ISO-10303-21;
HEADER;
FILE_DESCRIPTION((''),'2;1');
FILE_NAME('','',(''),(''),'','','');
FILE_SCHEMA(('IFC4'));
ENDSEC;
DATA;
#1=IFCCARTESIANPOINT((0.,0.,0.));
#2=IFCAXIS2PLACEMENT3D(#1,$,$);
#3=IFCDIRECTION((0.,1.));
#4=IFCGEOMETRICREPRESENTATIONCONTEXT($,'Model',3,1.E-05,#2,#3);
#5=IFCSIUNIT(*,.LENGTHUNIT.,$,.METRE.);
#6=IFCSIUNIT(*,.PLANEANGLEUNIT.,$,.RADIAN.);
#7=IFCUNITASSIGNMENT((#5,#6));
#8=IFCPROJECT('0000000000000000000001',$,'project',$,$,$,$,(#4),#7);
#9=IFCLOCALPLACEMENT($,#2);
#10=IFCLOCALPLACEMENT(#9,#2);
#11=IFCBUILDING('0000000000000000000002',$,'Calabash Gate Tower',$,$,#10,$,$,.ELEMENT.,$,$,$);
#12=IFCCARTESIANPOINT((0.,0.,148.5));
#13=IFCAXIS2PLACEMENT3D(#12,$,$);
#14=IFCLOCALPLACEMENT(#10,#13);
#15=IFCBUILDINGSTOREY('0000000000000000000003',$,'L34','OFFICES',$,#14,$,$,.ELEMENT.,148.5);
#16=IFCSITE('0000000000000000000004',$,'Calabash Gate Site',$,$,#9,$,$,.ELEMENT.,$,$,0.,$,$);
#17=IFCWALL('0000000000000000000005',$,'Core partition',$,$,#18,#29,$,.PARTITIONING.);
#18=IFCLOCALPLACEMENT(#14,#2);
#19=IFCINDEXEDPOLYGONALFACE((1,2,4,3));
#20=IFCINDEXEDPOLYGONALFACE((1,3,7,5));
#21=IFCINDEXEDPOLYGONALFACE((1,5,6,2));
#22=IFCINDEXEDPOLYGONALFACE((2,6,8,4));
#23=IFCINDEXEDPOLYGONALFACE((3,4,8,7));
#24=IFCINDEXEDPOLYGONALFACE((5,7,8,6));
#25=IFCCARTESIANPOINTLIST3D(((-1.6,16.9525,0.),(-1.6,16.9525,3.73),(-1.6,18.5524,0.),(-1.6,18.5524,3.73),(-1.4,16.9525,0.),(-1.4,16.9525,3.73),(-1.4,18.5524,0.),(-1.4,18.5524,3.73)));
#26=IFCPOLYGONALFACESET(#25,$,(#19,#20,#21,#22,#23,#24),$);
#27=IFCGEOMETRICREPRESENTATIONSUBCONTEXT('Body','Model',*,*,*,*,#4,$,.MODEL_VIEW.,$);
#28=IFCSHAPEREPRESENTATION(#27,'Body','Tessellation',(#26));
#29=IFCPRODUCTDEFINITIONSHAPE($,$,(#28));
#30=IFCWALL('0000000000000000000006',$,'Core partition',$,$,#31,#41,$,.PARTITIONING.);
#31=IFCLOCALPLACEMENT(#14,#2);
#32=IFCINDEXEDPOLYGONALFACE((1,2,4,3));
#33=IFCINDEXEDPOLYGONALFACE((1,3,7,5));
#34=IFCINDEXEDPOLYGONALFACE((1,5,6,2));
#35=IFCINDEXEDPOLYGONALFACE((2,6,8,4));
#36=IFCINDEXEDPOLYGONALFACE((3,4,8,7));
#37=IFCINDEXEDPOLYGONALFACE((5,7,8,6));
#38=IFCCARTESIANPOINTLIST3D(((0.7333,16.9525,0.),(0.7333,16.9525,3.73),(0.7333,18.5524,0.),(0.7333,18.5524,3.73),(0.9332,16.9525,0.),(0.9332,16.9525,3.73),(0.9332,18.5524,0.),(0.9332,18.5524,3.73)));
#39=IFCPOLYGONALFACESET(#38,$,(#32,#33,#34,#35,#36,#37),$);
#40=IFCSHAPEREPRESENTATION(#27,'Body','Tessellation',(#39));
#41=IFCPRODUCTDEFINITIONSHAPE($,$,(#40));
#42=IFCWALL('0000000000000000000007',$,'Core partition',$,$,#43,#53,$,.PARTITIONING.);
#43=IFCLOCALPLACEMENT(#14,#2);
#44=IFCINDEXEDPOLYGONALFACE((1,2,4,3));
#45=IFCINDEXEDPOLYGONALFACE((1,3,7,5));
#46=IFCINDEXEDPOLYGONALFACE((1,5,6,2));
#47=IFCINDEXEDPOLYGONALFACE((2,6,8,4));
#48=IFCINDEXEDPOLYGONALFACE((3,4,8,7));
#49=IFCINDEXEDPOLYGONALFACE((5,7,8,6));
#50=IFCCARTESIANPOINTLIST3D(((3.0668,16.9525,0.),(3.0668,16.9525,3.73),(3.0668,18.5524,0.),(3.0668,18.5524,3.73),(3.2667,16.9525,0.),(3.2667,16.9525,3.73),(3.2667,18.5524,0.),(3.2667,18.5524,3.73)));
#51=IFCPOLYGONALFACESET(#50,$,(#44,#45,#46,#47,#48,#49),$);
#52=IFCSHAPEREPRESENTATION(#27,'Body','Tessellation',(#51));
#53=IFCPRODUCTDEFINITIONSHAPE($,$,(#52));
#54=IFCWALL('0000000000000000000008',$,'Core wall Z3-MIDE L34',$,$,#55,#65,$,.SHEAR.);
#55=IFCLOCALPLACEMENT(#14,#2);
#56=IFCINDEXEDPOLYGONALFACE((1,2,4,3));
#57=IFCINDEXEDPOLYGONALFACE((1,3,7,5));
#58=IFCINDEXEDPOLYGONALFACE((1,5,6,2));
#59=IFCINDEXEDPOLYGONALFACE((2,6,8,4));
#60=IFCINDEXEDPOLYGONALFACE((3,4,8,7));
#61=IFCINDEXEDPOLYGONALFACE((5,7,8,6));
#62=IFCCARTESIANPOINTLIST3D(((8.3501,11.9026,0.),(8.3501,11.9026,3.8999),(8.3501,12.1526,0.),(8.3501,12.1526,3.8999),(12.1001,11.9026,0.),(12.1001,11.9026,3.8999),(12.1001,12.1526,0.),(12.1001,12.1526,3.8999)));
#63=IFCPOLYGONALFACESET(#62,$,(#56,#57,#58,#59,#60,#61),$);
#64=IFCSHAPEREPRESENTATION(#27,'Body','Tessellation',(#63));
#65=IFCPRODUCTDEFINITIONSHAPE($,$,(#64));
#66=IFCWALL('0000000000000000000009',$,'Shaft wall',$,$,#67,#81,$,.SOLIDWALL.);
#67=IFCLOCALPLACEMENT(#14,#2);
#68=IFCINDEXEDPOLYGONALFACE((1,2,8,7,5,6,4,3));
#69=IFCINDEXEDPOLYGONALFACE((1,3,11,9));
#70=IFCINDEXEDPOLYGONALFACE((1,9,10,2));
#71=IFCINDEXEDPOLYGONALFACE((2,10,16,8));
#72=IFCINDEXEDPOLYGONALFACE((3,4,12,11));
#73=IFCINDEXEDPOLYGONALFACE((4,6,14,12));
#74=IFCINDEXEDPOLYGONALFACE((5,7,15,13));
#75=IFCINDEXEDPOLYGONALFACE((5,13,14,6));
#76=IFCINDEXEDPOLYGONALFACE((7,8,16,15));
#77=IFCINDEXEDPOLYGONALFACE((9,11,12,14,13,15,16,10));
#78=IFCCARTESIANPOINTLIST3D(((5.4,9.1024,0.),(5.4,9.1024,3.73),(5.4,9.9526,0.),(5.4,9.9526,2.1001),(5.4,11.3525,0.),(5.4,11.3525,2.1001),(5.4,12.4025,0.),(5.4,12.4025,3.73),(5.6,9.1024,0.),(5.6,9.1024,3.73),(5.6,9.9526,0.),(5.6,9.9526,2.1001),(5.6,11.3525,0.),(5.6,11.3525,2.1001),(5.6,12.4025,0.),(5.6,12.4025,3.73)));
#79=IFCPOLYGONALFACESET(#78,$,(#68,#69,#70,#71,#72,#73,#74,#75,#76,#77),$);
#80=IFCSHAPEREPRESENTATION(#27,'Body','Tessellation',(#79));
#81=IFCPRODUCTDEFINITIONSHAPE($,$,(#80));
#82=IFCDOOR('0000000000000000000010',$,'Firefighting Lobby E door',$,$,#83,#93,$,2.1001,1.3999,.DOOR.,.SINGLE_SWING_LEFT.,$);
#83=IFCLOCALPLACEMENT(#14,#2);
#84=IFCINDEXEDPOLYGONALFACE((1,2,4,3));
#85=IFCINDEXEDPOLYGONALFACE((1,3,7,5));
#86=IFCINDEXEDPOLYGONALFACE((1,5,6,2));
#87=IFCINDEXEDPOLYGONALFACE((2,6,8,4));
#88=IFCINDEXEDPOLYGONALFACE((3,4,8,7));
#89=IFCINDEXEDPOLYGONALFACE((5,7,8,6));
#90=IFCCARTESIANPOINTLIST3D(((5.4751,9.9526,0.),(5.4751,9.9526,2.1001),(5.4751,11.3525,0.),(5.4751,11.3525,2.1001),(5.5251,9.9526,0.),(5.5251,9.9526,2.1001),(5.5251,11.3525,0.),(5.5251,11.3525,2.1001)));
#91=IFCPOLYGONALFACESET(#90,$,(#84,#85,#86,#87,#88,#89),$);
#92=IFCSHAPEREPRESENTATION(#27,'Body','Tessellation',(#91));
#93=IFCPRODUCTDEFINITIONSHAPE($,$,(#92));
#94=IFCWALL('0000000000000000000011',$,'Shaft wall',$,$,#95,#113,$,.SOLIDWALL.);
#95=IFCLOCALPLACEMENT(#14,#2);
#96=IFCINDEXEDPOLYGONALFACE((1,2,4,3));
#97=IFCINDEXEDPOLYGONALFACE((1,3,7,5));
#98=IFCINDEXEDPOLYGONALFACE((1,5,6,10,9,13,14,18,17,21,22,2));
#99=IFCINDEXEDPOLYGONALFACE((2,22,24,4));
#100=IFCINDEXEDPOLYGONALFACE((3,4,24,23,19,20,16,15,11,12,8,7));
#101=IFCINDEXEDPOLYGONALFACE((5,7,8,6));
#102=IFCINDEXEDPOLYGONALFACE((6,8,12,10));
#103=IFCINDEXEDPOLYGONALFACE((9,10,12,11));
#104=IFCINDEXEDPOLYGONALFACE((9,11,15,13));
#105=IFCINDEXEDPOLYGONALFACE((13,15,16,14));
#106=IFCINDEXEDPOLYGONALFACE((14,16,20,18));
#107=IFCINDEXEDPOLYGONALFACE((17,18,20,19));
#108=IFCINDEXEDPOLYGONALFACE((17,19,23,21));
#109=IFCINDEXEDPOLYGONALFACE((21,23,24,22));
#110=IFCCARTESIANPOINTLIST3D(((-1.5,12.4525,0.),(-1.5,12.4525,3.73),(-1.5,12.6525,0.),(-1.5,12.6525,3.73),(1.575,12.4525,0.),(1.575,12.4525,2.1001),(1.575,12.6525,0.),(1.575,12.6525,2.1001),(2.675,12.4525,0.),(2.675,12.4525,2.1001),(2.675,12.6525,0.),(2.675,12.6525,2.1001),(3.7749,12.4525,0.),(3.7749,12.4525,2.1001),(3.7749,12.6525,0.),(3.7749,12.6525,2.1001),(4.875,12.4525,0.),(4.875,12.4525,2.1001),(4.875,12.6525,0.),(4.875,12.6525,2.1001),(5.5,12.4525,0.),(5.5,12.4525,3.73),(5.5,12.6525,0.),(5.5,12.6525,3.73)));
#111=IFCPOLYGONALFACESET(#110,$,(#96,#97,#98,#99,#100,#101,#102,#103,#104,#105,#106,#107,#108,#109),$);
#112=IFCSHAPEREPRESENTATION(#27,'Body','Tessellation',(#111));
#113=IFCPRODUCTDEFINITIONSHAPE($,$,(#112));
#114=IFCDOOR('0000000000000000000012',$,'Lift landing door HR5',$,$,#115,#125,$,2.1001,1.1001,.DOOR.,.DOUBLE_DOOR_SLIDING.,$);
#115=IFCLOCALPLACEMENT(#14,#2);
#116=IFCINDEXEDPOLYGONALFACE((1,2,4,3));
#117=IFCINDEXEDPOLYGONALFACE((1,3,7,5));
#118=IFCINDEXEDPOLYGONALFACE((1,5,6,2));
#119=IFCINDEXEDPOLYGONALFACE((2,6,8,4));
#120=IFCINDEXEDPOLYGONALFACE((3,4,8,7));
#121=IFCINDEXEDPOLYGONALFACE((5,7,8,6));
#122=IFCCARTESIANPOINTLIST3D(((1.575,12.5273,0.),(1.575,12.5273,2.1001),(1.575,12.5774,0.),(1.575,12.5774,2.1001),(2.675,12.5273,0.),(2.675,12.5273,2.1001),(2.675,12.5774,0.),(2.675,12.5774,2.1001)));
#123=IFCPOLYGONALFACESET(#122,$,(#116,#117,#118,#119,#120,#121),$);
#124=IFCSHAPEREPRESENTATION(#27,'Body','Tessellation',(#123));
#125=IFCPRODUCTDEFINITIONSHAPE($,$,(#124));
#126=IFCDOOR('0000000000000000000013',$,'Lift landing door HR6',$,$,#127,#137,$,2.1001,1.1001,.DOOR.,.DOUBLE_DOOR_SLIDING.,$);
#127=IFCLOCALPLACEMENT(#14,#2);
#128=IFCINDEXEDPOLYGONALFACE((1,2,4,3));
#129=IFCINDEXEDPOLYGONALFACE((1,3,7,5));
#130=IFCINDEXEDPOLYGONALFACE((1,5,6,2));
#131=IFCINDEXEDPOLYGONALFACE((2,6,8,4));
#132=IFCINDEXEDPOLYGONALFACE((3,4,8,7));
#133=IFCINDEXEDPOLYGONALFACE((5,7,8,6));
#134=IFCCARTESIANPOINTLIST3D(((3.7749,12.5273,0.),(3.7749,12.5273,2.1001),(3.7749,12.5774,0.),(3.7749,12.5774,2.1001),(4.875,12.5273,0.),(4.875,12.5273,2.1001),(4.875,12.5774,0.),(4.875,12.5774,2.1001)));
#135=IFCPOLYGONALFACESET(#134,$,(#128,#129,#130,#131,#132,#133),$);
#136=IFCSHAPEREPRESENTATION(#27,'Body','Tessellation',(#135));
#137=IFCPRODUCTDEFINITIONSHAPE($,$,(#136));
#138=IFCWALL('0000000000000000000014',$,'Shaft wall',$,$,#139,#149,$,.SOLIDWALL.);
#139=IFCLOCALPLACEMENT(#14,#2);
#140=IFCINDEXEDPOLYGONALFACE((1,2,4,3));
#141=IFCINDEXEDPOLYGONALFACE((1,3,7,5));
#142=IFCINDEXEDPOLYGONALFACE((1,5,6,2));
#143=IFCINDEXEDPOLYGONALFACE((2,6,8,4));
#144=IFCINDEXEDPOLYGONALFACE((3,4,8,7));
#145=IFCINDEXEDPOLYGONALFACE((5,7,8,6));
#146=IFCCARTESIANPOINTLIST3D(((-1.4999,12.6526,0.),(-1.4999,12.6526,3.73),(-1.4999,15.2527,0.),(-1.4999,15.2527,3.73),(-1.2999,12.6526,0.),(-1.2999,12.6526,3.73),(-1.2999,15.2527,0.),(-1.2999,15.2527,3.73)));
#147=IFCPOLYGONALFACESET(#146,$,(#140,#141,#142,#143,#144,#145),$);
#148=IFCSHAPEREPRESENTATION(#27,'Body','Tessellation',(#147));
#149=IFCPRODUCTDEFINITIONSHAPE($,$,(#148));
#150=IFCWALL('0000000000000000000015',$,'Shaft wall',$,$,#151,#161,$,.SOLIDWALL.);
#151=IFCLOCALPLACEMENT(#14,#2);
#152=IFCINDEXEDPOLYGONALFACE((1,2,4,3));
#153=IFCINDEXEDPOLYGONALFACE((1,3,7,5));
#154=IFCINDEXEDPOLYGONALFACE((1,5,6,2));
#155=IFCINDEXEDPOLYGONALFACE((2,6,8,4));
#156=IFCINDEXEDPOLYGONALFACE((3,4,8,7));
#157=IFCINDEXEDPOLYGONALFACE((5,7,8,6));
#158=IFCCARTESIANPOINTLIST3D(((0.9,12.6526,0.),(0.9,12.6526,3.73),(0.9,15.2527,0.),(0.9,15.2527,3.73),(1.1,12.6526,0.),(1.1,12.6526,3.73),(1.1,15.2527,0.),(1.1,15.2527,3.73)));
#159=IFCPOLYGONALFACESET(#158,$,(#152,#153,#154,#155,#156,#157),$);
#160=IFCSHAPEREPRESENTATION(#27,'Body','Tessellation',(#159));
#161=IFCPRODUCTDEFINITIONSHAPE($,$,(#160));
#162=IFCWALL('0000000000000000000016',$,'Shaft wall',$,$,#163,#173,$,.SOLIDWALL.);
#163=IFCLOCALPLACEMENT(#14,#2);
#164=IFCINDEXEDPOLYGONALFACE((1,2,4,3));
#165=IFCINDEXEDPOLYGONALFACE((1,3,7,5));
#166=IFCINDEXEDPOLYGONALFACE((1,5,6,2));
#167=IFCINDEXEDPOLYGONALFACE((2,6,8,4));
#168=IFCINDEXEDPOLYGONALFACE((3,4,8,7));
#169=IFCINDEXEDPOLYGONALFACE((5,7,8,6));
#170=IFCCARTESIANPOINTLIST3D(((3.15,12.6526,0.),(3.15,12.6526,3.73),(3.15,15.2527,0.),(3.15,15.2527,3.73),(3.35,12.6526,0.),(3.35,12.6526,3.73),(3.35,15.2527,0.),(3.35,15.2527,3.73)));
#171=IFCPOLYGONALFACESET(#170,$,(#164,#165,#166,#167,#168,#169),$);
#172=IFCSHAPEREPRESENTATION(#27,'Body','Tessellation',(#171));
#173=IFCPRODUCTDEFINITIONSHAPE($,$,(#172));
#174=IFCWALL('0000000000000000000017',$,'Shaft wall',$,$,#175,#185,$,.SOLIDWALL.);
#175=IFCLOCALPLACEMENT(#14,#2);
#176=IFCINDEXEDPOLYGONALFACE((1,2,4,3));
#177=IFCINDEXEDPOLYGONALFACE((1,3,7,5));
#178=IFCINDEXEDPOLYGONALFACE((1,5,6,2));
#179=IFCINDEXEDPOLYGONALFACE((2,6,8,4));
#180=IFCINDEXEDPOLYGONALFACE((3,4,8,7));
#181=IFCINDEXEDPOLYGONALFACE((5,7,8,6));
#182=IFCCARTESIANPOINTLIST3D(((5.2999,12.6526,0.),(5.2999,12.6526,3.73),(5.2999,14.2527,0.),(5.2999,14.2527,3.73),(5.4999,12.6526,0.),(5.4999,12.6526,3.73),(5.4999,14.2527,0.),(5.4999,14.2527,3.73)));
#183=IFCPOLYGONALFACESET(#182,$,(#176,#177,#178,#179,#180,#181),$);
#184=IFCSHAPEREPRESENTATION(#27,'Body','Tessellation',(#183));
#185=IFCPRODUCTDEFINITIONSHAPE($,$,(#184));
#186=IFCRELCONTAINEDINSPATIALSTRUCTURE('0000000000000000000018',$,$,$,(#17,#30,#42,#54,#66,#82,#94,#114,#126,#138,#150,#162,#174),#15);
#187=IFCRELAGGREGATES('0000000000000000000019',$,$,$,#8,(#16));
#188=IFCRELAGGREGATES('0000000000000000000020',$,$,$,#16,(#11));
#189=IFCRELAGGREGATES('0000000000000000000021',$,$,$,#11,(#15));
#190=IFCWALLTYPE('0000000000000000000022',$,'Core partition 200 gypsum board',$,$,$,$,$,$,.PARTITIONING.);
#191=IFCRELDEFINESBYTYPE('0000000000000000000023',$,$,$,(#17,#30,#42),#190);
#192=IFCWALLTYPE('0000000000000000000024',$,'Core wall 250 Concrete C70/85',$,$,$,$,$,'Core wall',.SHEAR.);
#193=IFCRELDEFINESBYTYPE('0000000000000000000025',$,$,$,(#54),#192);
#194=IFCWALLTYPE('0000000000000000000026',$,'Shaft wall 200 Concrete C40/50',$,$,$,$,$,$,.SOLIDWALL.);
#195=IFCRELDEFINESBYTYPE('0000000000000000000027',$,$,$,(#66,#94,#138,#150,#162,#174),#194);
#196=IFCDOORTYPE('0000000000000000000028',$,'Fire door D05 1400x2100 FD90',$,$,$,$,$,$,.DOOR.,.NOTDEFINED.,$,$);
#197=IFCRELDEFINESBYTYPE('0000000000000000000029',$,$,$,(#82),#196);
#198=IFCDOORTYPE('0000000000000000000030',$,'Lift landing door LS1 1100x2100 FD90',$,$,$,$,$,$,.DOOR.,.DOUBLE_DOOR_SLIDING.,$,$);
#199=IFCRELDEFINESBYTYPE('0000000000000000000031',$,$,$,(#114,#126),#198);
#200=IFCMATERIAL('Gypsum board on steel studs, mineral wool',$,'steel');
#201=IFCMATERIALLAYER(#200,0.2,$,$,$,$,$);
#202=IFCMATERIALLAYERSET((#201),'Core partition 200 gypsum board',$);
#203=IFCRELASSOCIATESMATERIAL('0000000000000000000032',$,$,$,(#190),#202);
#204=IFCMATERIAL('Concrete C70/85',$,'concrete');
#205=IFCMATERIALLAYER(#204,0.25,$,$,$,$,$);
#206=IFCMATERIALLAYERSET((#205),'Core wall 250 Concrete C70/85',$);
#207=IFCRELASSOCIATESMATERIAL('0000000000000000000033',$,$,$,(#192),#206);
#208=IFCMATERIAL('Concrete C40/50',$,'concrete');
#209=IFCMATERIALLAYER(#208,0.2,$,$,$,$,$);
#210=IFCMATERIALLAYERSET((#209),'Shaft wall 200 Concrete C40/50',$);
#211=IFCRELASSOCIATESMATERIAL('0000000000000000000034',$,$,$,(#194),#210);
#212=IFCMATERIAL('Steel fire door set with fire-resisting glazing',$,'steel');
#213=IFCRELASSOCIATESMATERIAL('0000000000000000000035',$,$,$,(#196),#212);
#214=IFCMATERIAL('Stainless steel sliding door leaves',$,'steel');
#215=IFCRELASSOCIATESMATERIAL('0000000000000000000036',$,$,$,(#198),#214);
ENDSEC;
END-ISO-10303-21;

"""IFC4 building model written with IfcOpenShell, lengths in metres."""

from ifc_helpers import new_model, si_unit, direction, frame, frame_2d, origin, place, context, subcontext, project, spatial, rectangle, extrude, material, layer, layer_set, type_object, element, fill, save


model = new_model("IFC4")

# Units and contexts
model_context = context("Model", 3, precision=1e-05, world=origin(), true_north=direction((0.0, 1.0)))
body_context = subcontext(model_context, "Body", "Model", "MODEL_VIEW")
ifc_project = project(units=[si_unit("LENGTHUNIT", "METRE"), si_unit("PLANEANGLEUNIT", "RADIAN")], contexts=[model_context])

# Site, building, storey
site_placement = place(None, origin())
site = spatial("IfcSite", under=ifc_project, at=site_placement, Name="Calabash Gate Site", CompositionType="ELEMENT", RefElevation=0.0)
building_placement = place(site_placement, origin())
building = spatial("IfcBuilding", under=site, at=building_placement, Name="Calabash Gate Tower", CompositionType="ELEMENT")
storey_placement = place(building_placement, frame((0.0, 0.0, 148.5)))
storey = spatial("IfcBuildingStorey", under=building, at=storey_placement, Name="L34", Description="OFFICES", CompositionType="ELEMENT", Elevation=148.5)

# Walls
ifc_material_1 = material(Name="Gypsum board on steel studs, mineral wool", Category="steel")
ifc_layer_1 = layer(ifc_material_1, 0.2)
ifc_layer_set_1 = layer_set([ifc_layer_1], Name="Core partition 200 gypsum board")
wall_type_1 = type_object("IfcWallType", Name="Core partition 200 gypsum board", PredefinedType="PARTITIONING", material=ifc_layer_set_1)
for number, where, z_axis, x_axis, name in (
    (1, (-1.5, 16.9526, 0.0), (0.0, 0.0, 1.0), (0.0, 1.0, 0.0), "Core partition"),
    (2, (0.8333, 16.9526, 0.0), (0.0, 0.0, 1.0), (0.0, 1.0, 0.0), "Core partition"),
    (3, (3.1667, 16.9526, 0.0), (0.0, 0.0, 1.0), (0.0, 1.0, 0.0), "Core partition"),
):
    element("IfcWall", number, at=place(storey_placement, frame(where, z_axis=z_axis, x_axis=x_axis)), inside=storey, type_object=wall_type_1, Name=name, PredefinedType="PARTITIONING", context=body_context, shape_type="SweptSolid", body=[
        extrude(rectangle(XDim=1.5999, YDim=0.2, at=frame_2d((0.7998, 0.0))), origin(), (0.0, 0.0, 1.0), 3.73),
    ])
ifc_material_2 = material(Name="Concrete C70/85", Category="concrete")
ifc_layer_2 = layer(ifc_material_2, 0.25)
ifc_layer_set_2 = layer_set([ifc_layer_2], Name="Core wall 250 Concrete C70/85")
wall_type_2 = type_object("IfcWallType", Name="Core wall 250 Concrete C70/85", ElementType="Core wall", PredefinedType="SHEAR", material=ifc_layer_set_2)
wall_1_placement = place(storey_placement, frame((8.3501, 12.0276, 0.0), z_axis=(0.0, 0.0, 1.0), x_axis=(1.0, 0.0, 0.0)))
element("IfcWall", 4, at=wall_1_placement, inside=storey, type_object=wall_type_2, Name="Core wall Z3-MIDE L34", PredefinedType="SHEAR", context=body_context, shape_type="SweptSolid", body=[
    extrude(rectangle(XDim=3.75, YDim=0.25, at=frame_2d((1.875, 0.0))), origin(), (0.0, 0.0, 1.0), 3.8999),
])

# Wall, opening, door
ifc_material_3 = material(Name="Concrete C40/50", Category="concrete")
ifc_layer_3 = layer(ifc_material_3, 0.2)
ifc_layer_set_3 = layer_set([ifc_layer_3], Name="Shaft wall 200 Concrete C40/50")
wall_type_3 = type_object("IfcWallType", Name="Shaft wall 200 Concrete C40/50", PredefinedType="SOLIDWALL", material=ifc_layer_set_3)
wall_2_placement = place(storey_placement, frame((5.5, 9.1025, 0.0), z_axis=(0.0, 0.0, 1.0), x_axis=(0.0, 1.0, 0.0)))
wall_2 = element("IfcWall", 5, at=wall_2_placement, inside=storey, type_object=wall_type_3, Name="Shaft wall", PredefinedType="SOLIDWALL", context=body_context, shape_type="SweptSolid", body=[
    extrude(rectangle(XDim=3.3, YDim=0.2, at=frame_2d((1.6499, 0.0))), origin(), (0.0, 0.0, 1.0), 3.73),
])
opening_1_placement = place(wall_2_placement, frame((0.8501, 0.0, 0.0)))
opening_1 = element("IfcOpeningElement", 6, at=opening_1_placement, cuts=wall_2, PredefinedType="OPENING", context=body_context, shape_type="SweptSolid", body=[
    extrude(rectangle(XDim=1.3999, YDim=2.1001, at=frame_2d((0.7, 1.05))), frame((0.0, 0.1099, 0.0), z_axis=(0.0, -1.0, 0.0), x_axis=(1.0, 0.0, 0.0)), (0.0, 0.0, 1.0), 0.22),
])
ifc_material_4 = material(Name="Steel fire door set with fire-resisting glazing", Category="steel")
door_type_1 = type_object("IfcDoorType", Name="Fire door D05 1400x2100 FD90", OperationType="NOTDEFINED", PredefinedType="DOOR", material=ifc_material_4)
door_1_placement = place(opening_1_placement, origin())
door_1 = element("IfcDoor", 7, at=door_1_placement, inside=storey, type_object=door_type_1, Name="Firefighting Lobby E door", OperationType="SINGLE_SWING_LEFT", OverallHeight=2.1001, OverallWidth=1.3999, PredefinedType="DOOR", context=body_context, shape_type="SweptSolid", body=[
    extrude(rectangle(XDim=1.3999, YDim=2.1001, at=frame_2d((0.7, 1.05))), frame((0.0, 0.0249, 0.0), z_axis=(0.0, -1.0, 0.0), x_axis=(1.0, 0.0, 0.0)), (0.0, 0.0, 1.0), 0.05),
])
fill(opening_1, door_1)

# Wall, openings, doors
wall_3_placement = place(storey_placement, frame((-1.5, 12.5525, 0.0), z_axis=(0.0, 0.0, 1.0), x_axis=(1.0, 0.0, 0.0)))
wall_3 = element("IfcWall", 8, at=wall_3_placement, inside=storey, type_object=wall_type_3, Name="Shaft wall", PredefinedType="SOLIDWALL", context=body_context, shape_type="SweptSolid", body=[
    extrude(rectangle(XDim=7.0, YDim=0.2, at=frame_2d((3.5, 0.0))), origin(), (0.0, 0.0, 1.0), 3.73),
])
opening_2_placement = place(wall_3_placement, frame((3.075, 0.0, 0.0)))
opening_2 = element("IfcOpeningElement", 9, at=opening_2_placement, cuts=wall_3, PredefinedType="OPENING", context=body_context, shape_type="SweptSolid", body=[
    extrude(rectangle(XDim=1.1001, YDim=2.1001, at=frame_2d((0.55, 1.05))), frame((0.0, 0.1099, 0.0), z_axis=(0.0, -1.0, 0.0), x_axis=(1.0, 0.0, 0.0)), (0.0, 0.0, 1.0), 0.22),
])
opening_3_placement = place(wall_3_placement, frame((5.2749, 0.0, 0.0)))
opening_3 = element("IfcOpeningElement", 10, at=opening_3_placement, cuts=wall_3, PredefinedType="OPENING", context=body_context, shape_type="SweptSolid", body=[
    extrude(rectangle(XDim=1.1001, YDim=2.1001, at=frame_2d((0.55, 1.05))), frame((0.0, 0.1099, 0.0), z_axis=(0.0, -1.0, 0.0), x_axis=(1.0, 0.0, 0.0)), (0.0, 0.0, 1.0), 0.22),
])
ifc_material_5 = material(Name="Stainless steel sliding door leaves", Category="steel")
door_type_2 = type_object("IfcDoorType", Name="Lift landing door LS1 1100x2100 FD90", OperationType="DOUBLE_DOOR_SLIDING", PredefinedType="DOOR", material=ifc_material_5)
door_2_placement = place(opening_2_placement, origin())
door_2 = element("IfcDoor", 11, at=door_2_placement, inside=storey, type_object=door_type_2, Name="Lift landing door HR5", OperationType="DOUBLE_DOOR_SLIDING", OverallHeight=2.1001, OverallWidth=1.1001, PredefinedType="DOOR", context=body_context, shape_type="SweptSolid", body=[
    extrude(rectangle(XDim=1.1001, YDim=2.1001, at=frame_2d((0.55, 1.05))), frame((0.0, 0.0249, 0.0), z_axis=(0.0, -1.0, 0.0), x_axis=(1.0, 0.0, 0.0)), (0.0, 0.0, 1.0), 0.05),
])
fill(opening_2, door_2)
door_3_placement = place(opening_3_placement, origin())
door_3 = element("IfcDoor", 12, at=door_3_placement, inside=storey, type_object=door_type_2, Name="Lift landing door HR6", OperationType="DOUBLE_DOOR_SLIDING", OverallHeight=2.1001, OverallWidth=1.1001, PredefinedType="DOOR", context=body_context, shape_type="SweptSolid", body=[
    extrude(rectangle(XDim=1.1001, YDim=2.1001, at=frame_2d((0.55, 1.05))), frame((0.0, 0.0249, 0.0), z_axis=(0.0, -1.0, 0.0), x_axis=(1.0, 0.0, 0.0)), (0.0, 0.0, 1.0), 0.05),
])
fill(opening_3, door_3)

# Walls
for number, where, z_axis, x_axis, name in (
    (13, (-1.3999, 12.6526, 0.0), (0.0, 0.0, 1.0), (0.0, 1.0, 0.0), "Shaft wall"),
    (14, (1.0, 12.6526, 0.0), (0.0, 0.0, 1.0), (0.0, 1.0, 0.0), "Shaft wall"),
    (15, (3.25, 12.6526, 0.0), (0.0, 0.0, 1.0), (0.0, 1.0, 0.0), "Shaft wall"),
):
    element("IfcWall", number, at=place(storey_placement, frame(where, z_axis=z_axis, x_axis=x_axis)), inside=storey, type_object=wall_type_3, Name=name, PredefinedType="SOLIDWALL", context=body_context, shape_type="SweptSolid", body=[
        extrude(rectangle(XDim=2.6001, YDim=0.2, at=frame_2d((1.3, 0.0))), origin(), (0.0, 0.0, 1.0), 3.73),
    ])
wall_4_placement = place(storey_placement, frame((5.3999, 12.6526, 0.0), z_axis=(0.0, 0.0, 1.0), x_axis=(0.0, 1.0, 0.0)))
element("IfcWall", 16, at=wall_4_placement, inside=storey, type_object=wall_type_3, Name="Shaft wall", PredefinedType="SOLIDWALL", context=body_context, shape_type="SweptSolid", body=[
    extrude(rectangle(XDim=1.6001, YDim=0.2, at=frame_2d((0.8, 0.0))), origin(), (0.0, 0.0, 1.0), 3.73),
])

save(model, "model.ifc")
